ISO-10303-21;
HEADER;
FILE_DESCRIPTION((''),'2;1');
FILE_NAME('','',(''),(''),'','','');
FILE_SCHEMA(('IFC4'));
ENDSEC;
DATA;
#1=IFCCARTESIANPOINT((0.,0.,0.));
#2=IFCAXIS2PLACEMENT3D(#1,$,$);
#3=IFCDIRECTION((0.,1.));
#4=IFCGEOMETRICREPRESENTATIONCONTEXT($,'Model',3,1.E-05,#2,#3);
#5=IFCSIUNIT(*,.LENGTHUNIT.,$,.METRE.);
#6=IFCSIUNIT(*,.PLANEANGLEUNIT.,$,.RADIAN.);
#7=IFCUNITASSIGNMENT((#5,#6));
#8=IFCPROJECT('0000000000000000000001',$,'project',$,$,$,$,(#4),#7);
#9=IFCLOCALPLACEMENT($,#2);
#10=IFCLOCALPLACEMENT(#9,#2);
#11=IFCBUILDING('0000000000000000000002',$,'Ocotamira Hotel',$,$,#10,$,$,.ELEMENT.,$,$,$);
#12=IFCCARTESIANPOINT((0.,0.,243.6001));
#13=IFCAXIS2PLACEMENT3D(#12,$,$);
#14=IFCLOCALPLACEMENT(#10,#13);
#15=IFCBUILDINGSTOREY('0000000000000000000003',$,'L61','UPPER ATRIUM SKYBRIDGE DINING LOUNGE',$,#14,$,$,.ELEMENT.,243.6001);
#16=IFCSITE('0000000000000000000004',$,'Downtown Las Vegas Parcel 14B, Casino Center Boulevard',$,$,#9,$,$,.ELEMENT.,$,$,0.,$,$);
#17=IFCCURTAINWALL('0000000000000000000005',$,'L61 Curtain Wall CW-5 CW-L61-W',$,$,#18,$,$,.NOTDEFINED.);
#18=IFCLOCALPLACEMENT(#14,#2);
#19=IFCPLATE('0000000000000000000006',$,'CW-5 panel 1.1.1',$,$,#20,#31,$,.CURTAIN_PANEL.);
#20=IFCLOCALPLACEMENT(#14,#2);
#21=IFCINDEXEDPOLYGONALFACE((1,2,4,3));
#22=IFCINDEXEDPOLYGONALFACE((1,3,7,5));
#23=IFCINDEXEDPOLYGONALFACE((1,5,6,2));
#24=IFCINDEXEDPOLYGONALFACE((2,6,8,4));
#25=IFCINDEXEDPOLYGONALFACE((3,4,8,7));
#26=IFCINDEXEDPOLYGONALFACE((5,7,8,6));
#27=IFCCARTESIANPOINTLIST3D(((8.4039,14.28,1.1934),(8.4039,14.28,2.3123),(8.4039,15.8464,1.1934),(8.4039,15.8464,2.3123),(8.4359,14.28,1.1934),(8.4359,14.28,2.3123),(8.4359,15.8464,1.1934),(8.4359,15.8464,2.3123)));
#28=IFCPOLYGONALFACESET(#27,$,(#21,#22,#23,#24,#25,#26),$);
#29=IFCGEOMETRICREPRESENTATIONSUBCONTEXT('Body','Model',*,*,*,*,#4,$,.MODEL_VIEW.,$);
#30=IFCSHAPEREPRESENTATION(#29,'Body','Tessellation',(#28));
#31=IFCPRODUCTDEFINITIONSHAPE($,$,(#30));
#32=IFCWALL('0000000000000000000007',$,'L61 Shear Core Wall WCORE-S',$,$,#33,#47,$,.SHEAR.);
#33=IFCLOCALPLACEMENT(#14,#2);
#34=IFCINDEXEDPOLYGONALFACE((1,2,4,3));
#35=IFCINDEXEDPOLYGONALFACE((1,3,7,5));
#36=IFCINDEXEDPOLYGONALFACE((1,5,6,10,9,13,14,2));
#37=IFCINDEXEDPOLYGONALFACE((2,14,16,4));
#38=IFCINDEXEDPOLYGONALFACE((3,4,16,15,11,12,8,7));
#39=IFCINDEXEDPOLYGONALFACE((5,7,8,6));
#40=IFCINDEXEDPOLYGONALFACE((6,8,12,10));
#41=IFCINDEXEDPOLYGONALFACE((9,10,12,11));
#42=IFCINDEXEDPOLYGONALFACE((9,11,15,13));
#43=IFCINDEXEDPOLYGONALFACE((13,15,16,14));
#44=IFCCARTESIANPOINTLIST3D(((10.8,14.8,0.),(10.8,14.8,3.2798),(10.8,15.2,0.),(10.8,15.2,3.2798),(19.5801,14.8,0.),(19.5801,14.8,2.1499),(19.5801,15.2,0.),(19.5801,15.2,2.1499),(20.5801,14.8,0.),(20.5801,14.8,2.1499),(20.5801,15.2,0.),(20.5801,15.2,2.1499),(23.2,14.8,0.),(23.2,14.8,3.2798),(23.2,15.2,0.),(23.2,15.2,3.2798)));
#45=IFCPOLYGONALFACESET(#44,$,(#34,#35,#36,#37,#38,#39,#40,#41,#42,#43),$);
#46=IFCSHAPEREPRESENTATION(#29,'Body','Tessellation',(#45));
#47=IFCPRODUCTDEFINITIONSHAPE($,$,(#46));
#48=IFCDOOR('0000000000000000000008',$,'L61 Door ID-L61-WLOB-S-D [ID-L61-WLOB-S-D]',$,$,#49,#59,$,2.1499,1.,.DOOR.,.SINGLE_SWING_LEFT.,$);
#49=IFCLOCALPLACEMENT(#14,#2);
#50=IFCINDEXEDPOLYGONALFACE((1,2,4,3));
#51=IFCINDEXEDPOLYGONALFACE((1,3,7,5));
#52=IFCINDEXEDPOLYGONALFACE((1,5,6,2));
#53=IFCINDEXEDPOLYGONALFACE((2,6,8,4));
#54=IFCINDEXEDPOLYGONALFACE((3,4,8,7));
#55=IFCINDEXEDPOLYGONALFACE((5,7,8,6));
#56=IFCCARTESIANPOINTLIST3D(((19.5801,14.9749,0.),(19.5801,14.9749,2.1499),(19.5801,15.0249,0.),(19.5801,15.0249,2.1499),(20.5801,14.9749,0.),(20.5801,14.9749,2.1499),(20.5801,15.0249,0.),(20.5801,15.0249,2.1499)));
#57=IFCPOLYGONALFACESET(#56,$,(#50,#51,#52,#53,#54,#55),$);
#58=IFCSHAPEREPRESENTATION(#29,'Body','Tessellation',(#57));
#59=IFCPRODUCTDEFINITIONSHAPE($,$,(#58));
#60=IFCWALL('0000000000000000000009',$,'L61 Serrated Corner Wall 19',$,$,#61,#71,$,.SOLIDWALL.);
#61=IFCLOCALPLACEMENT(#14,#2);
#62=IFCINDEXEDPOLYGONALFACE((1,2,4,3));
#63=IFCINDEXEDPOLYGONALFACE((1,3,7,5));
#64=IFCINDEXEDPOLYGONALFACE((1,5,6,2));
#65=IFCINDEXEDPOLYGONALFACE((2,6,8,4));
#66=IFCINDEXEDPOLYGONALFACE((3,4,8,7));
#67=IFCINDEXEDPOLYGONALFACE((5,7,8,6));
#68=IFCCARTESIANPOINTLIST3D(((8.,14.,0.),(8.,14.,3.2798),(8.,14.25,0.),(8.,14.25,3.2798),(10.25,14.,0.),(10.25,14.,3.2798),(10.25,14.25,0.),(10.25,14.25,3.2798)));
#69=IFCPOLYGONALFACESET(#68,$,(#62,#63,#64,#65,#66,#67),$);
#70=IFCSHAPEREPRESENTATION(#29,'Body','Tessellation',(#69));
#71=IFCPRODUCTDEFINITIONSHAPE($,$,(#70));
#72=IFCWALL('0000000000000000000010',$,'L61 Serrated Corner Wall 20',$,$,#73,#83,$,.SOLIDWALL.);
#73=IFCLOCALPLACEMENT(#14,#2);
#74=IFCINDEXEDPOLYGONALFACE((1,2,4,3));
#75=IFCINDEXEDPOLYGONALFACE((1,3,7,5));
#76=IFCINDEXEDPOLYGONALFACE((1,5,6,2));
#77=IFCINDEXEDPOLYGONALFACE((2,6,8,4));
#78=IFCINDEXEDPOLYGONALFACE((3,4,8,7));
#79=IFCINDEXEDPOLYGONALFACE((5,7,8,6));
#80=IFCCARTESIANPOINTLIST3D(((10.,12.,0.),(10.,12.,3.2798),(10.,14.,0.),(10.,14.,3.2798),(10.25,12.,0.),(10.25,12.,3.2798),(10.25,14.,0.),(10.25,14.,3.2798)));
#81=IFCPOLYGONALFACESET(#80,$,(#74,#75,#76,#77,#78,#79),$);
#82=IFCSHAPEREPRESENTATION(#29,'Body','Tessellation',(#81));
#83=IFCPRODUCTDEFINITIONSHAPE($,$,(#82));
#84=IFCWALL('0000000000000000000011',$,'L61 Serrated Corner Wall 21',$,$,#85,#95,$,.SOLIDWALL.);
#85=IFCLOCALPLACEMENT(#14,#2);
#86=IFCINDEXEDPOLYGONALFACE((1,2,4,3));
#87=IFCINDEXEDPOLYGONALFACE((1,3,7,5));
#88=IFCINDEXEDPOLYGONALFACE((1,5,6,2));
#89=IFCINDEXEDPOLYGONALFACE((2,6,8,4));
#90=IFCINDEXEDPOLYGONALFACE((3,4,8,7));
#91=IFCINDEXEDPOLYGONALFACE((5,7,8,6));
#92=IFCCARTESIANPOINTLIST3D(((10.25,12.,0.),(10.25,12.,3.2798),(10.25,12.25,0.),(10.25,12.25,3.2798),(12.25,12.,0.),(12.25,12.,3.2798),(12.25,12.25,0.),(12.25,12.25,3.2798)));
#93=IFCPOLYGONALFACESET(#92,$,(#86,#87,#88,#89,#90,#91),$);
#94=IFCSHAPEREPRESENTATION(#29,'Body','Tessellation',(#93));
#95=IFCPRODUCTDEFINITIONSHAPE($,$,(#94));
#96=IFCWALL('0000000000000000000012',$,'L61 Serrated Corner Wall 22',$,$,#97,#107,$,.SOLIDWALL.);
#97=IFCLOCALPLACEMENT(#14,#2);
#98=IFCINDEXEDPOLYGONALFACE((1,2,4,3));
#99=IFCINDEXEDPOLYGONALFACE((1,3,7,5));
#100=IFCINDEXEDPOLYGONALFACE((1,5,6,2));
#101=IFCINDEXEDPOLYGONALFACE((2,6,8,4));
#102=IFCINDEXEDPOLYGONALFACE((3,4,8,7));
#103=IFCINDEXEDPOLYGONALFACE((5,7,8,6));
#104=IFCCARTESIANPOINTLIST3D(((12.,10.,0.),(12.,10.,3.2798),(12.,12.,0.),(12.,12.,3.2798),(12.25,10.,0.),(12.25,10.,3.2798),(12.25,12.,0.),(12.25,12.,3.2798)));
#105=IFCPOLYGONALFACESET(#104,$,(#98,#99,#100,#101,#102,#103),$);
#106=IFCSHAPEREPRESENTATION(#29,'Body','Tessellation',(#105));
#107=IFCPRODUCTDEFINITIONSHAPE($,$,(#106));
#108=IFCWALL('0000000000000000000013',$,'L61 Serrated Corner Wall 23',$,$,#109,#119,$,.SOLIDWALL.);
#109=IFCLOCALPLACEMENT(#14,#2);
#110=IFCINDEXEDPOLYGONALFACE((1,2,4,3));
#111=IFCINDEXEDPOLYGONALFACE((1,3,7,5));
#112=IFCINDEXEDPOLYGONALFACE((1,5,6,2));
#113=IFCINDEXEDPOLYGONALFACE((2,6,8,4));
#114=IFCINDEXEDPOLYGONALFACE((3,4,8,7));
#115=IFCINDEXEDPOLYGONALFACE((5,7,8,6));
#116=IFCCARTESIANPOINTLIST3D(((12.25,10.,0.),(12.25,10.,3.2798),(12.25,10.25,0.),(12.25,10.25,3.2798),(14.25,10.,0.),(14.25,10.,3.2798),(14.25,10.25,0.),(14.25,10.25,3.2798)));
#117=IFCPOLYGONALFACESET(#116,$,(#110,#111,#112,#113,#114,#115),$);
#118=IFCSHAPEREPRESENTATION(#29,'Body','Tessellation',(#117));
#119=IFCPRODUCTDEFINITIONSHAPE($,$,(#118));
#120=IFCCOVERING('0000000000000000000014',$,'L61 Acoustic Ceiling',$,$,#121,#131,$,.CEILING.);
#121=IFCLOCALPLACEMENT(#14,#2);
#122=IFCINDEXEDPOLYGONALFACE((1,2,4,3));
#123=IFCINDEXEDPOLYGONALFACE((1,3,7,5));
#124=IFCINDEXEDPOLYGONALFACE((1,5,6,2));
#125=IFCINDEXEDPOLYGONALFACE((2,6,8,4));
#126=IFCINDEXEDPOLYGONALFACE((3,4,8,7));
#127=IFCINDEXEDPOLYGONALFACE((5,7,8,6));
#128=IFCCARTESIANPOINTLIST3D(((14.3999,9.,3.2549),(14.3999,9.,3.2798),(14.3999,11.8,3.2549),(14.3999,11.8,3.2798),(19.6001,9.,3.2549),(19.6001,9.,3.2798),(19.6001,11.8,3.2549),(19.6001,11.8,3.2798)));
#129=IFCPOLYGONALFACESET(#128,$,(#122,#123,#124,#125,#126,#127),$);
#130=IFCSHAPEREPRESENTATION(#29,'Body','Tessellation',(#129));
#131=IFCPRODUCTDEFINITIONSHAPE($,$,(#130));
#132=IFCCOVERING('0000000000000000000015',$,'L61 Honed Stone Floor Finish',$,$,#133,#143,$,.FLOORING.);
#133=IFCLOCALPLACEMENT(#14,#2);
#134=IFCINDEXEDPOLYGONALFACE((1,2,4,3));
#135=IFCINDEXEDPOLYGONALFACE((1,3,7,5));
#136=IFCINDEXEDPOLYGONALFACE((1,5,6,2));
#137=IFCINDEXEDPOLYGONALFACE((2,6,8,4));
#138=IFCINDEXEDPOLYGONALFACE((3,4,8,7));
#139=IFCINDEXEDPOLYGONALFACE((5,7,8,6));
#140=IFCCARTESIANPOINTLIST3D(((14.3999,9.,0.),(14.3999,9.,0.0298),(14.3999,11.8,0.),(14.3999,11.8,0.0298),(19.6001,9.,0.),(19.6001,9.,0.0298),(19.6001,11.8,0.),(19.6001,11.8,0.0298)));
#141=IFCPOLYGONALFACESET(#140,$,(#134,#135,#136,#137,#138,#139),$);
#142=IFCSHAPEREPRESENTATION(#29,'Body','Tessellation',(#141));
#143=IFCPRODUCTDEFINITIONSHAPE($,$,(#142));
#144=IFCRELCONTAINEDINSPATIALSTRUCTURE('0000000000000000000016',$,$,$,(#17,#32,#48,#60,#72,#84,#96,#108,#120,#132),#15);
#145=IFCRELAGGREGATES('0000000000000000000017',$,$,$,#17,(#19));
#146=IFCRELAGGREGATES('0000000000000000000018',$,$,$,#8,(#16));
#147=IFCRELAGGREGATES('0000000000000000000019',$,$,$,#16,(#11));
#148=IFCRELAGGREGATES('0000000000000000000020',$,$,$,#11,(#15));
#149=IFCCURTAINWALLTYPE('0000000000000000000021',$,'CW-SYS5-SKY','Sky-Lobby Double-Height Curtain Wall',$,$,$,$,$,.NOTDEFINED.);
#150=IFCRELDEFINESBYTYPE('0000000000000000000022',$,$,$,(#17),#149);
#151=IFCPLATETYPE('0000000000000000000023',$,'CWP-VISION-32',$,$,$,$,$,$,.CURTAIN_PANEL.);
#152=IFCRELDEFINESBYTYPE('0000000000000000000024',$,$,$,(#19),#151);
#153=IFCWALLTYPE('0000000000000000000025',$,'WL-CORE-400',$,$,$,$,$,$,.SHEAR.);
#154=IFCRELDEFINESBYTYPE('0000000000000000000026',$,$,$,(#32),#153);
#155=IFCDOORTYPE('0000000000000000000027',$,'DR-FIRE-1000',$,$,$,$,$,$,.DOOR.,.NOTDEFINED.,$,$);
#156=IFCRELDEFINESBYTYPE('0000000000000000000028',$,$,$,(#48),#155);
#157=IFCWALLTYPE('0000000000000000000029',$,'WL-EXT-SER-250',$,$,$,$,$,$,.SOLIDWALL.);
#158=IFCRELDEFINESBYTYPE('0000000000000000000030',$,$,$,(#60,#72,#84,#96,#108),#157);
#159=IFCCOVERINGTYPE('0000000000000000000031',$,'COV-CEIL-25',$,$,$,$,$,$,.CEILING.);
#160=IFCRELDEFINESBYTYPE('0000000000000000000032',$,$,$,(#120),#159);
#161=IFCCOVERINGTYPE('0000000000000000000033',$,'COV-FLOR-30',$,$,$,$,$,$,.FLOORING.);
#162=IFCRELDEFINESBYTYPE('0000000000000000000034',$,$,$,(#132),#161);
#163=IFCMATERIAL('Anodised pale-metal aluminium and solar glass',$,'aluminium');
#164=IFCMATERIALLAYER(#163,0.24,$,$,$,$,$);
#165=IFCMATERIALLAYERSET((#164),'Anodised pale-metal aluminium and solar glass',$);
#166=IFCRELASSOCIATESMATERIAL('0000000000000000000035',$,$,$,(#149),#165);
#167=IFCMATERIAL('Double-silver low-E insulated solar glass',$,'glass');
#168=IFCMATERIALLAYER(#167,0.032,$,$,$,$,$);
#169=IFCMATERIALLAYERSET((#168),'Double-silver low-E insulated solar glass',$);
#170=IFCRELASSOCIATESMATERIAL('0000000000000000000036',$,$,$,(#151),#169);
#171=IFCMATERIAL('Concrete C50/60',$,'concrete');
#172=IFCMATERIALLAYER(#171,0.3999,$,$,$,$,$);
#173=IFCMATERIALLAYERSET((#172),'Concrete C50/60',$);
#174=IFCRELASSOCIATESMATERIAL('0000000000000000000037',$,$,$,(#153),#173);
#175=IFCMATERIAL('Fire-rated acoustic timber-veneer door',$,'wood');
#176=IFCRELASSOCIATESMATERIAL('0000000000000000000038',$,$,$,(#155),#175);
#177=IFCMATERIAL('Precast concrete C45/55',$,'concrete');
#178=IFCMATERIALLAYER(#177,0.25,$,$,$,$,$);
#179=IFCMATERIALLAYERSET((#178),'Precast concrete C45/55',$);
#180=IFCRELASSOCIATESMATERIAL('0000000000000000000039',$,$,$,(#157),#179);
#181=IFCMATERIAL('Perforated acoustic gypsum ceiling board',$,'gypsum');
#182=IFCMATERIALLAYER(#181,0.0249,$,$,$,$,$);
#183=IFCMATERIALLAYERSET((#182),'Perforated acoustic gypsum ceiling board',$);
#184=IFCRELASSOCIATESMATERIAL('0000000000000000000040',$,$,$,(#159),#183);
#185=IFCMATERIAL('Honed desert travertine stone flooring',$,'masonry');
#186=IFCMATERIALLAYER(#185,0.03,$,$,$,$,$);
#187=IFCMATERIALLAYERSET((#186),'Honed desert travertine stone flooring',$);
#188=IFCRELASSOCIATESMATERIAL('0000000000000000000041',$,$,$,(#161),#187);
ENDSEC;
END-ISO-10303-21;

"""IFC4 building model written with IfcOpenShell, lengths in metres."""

from ifc_helpers import new_model, si_unit, direction, frame, frame_2d, origin, origin_2d, place, context, subcontext, project, spatial, polyline, rectangle, outline, extrude, source, transform, mapped, material, layer, layer_set, type_object, element, fill, aggregate, save


model = new_model("IFC4")

# Units and contexts
model_context = context("Model", 3, precision=1e-05, world=origin(), true_north=direction((0.0, 1.0)))
body_context = subcontext(model_context, "Body", "Model", "MODEL_VIEW")
ifc_project = project(units=[si_unit("LENGTHUNIT", "METRE"), si_unit("PLANEANGLEUNIT", "RADIAN")], contexts=[model_context])

# Site, building, storey
site_placement = place(None, origin())
site = spatial("IfcSite", under=ifc_project, at=site_placement, Name="Downtown Las Vegas Parcel 14B, Casino Center Boulevard", CompositionType="ELEMENT", RefElevation=0.0)
building_placement = place(site_placement, origin())
building = spatial("IfcBuilding", under=site, at=building_placement, Name="Ocotamira Hotel", CompositionType="ELEMENT")
storey_placement = place(building_placement, frame((0.0, 0.0, 243.6001)))
storey = spatial("IfcBuildingStorey", under=building, at=storey_placement, Name="L61", Description="UPPER ATRIUM SKYBRIDGE DINING LOUNGE", CompositionType="ELEMENT", Elevation=243.6001)

# Curtain wall
ifc_material_1 = material(Name="Anodised pale-metal aluminium and solar glass", Category="aluminium")
ifc_layer_1 = layer(ifc_material_1, 0.24)
ifc_layer_set_1 = layer_set([ifc_layer_1], Name="Anodised pale-metal aluminium and solar glass")
curtain_wall_type = type_object("IfcCurtainWallType", Name="CW-SYS5-SKY", Description="Sky-Lobby Double-Height Curtain Wall", PredefinedType="NOTDEFINED", material=ifc_layer_set_1)
curtain_wall_placement = place(storey_placement, origin())
curtain_wall = element("IfcCurtainWall", 1, at=curtain_wall_placement, inside=storey, type_object=curtain_wall_type, Name="L61 Curtain Wall CW-5 CW-L61-W", PredefinedType="NOTDEFINED")

# Plate
ifc_material_2 = material(Name="Double-silver low-E insulated solar glass", Category="glass")
ifc_layer_2 = layer(ifc_material_2, 0.032)
ifc_layer_set_2 = layer_set([ifc_layer_2], Name="Double-silver low-E insulated solar glass")
plate_type = type_object("IfcPlateType", Name="CWP-VISION-32", PredefinedType="CURTAIN_PANEL", material=ifc_layer_set_2)
shared_shape_1 = source(origin(), body_context, "Body", "SweptSolid", [
    extrude(rectangle(XDim=1.5664, YDim=0.032, at=origin_2d()), origin(), (0.0, 0.0, 1.0), 1.1189),
])
plate_placement = place(storey_placement, frame((8.4199, 15.0632, 1.1934), z_axis=(0.0, 0.0, 1.0), x_axis=(0.0, 1.0, 0.0)))
plate = element("IfcPlate", 2, at=plate_placement, type_object=plate_type, Name="CW-5 panel 1.1.1", PredefinedType="CURTAIN_PANEL", context=body_context, shape_type="MappedRepresentation", body=[
    mapped(shared_shape_1, transform((0.0, 0.0, 0.0), scale=1.0)),
])
aggregate(curtain_wall, [plate])

# Wall, opening, door
ifc_material_3 = material(Name="Concrete C50/60", Category="concrete")
ifc_layer_3 = layer(ifc_material_3, 0.3999)
ifc_layer_set_3 = layer_set([ifc_layer_3], Name="Concrete C50/60")
wall_type_1 = type_object("IfcWallType", Name="WL-CORE-400", PredefinedType="SHEAR", material=ifc_layer_set_3)
wall_1_placement = place(storey_placement, frame((10.8, 15.0, 0.0), z_axis=(0.0, 0.0, 1.0), x_axis=(1.0, 0.0, 0.0)))
wall_1 = element("IfcWall", 3, at=wall_1_placement, inside=storey, type_object=wall_type_1, Name="L61 Shear Core Wall WCORE-S", PredefinedType="SHEAR", context=body_context, shape_type="SweptSolid", body=[
    extrude(rectangle(XDim=12.3999, YDim=0.3999, at=frame_2d((6.2, 0.0))), origin(), (0.0, 0.0, 1.0), 3.2798),
])
opening_1_placement = place(wall_1_placement, frame((8.78, 0.0, 0.0)))
opening_1 = element("IfcOpeningElement", 4, at=opening_1_placement, cuts=wall_1, PredefinedType="OPENING", context=body_context, shape_type="SweptSolid", body=[
    extrude(rectangle(XDim=1.0, YDim=2.1499, at=frame_2d((0.5, 1.075))), frame((0.0, 0.21, 0.0), z_axis=(0.0, -1.0, 0.0), x_axis=(1.0, 0.0, 0.0)), (0.0, 0.0, 1.0), 0.4199),
])
ifc_material_4 = material(Name="Fire-rated acoustic timber-veneer door", Category="wood")
door_type_1 = type_object("IfcDoorType", Name="DR-FIRE-1000", OperationType="NOTDEFINED", PredefinedType="DOOR", material=ifc_material_4)
shared_shape_2 = source(origin(), body_context, "Body", "SweptSolid", [
    extrude(rectangle(XDim=1.0, YDim=2.1499, at=frame_2d((0.5, 1.075))), frame((0.0, 0.0249, 0.0), z_axis=(0.0, -1.0, 0.0), x_axis=(1.0, 0.0, 0.0)), (0.0, 0.0, 1.0), 0.05),
])
door_1_placement = place(opening_1_placement, origin())
door_1 = element("IfcDoor", 5, at=door_1_placement, inside=storey, type_object=door_type_1, Name="L61 Door ID-L61-WLOB-S-D [ID-L61-WLOB-S-D]", OperationType="SINGLE_SWING_LEFT", OverallHeight=2.1499, OverallWidth=1.0, PredefinedType="DOOR", context=body_context, shape_type="MappedRepresentation", body=[
    mapped(shared_shape_2, transform((0.0, 0.0, 0.0), scale=1.0)),
])
fill(opening_1, door_1)

# Walls
ifc_material_5 = material(Name="Precast concrete C45/55", Category="concrete")
ifc_layer_4 = layer(ifc_material_5, 0.25)
ifc_layer_set_4 = layer_set([ifc_layer_4], Name="Precast concrete C45/55")
wall_type_2 = type_object("IfcWallType", Name="WL-EXT-SER-250", PredefinedType="SOLIDWALL", material=ifc_layer_set_4)
wall_2_placement = place(storey_placement, frame((8.0, 14.125, 0.0), z_axis=(0.0, 0.0, 1.0), x_axis=(1.0, 0.0, 0.0)))
element("IfcWall", 6, at=wall_2_placement, inside=storey, type_object=wall_type_2, Name="L61 Serrated Corner Wall 19", PredefinedType="SOLIDWALL", context=body_context, shape_type="SweptSolid", body=[
    extrude(rectangle(XDim=2.25, YDim=0.25, at=frame_2d((1.125, 0.0))), origin(), (0.0, 0.0, 1.0), 3.2798),
])
for number, where, z_axis, x_axis, name in (
    (7, (10.125, 14.0, 0.0), (0.0, 0.0, 1.0), (0.0, -1.0, 0.0), "L61 Serrated Corner Wall 20"),
    (8, (10.25, 12.125, 0.0), (0.0, 0.0, 1.0), (1.0, 0.0, 0.0), "L61 Serrated Corner Wall 21"),
    (9, (12.125, 12.0, 0.0), (0.0, 0.0, 1.0), (0.0, -1.0, 0.0), "L61 Serrated Corner Wall 22"),
    (10, (12.25, 10.125, 0.0), (0.0, 0.0, 1.0), (1.0, 0.0, 0.0), "L61 Serrated Corner Wall 23"),
):
    element("IfcWall", number, at=place(storey_placement, frame(where, z_axis=z_axis, x_axis=x_axis)), inside=storey, type_object=wall_type_2, Name=name, PredefinedType="SOLIDWALL", context=body_context, shape_type="SweptSolid", body=[
        extrude(rectangle(XDim=2.0, YDim=0.25, at=frame_2d((1.0, 0.0))), origin(), (0.0, 0.0, 1.0), 3.2798),
    ])

# Coverings
ifc_material_6 = material(Name="Perforated acoustic gypsum ceiling board", Category="gypsum")
ifc_layer_5 = layer(ifc_material_6, 0.0249)
ifc_layer_set_5 = layer_set([ifc_layer_5], Name="Perforated acoustic gypsum ceiling board")
covering_type_1 = type_object("IfcCoveringType", Name="COV-CEIL-25", PredefinedType="CEILING", material=ifc_layer_set_5)
covering_1_placement = place(storey_placement, frame((0.0, 0.0, 3.2549)))
element("IfcCovering", 11, at=covering_1_placement, inside=storey, type_object=covering_type_1, Name="L61 Acoustic Ceiling", PredefinedType="CEILING", context=body_context, shape_type="SweptSolid", body=[
    extrude(outline(polyline([(14.3999, 9.0), (19.6001, 9.0), (19.6001, 11.8), (14.3999, 11.8), (14.3999, 9.0)])), origin(), (0.0, 0.0, 1.0), 0.0249),
])
ifc_material_7 = material(Name="Honed desert travertine stone flooring", Category="masonry")
ifc_layer_6 = layer(ifc_material_7, 0.03)
ifc_layer_set_6 = layer_set([ifc_layer_6], Name="Honed desert travertine stone flooring")
covering_type_2 = type_object("IfcCoveringType", Name="COV-FLOR-30", PredefinedType="FLOORING", material=ifc_layer_set_6)
covering_2_placement = place(storey_placement, origin())
element("IfcCovering", 12, at=covering_2_placement, inside=storey, type_object=covering_type_2, Name="L61 Honed Stone Floor Finish", PredefinedType="FLOORING", context=body_context, shape_type="SweptSolid", body=[
    extrude(outline(polyline([(14.3999, 9.0), (19.6001, 9.0), (19.6001, 11.8), (14.3999, 11.8), (14.3999, 9.0)])), origin(), (0.0, 0.0, 1.0), 0.0298),
])

save(model, "model.ifc")
